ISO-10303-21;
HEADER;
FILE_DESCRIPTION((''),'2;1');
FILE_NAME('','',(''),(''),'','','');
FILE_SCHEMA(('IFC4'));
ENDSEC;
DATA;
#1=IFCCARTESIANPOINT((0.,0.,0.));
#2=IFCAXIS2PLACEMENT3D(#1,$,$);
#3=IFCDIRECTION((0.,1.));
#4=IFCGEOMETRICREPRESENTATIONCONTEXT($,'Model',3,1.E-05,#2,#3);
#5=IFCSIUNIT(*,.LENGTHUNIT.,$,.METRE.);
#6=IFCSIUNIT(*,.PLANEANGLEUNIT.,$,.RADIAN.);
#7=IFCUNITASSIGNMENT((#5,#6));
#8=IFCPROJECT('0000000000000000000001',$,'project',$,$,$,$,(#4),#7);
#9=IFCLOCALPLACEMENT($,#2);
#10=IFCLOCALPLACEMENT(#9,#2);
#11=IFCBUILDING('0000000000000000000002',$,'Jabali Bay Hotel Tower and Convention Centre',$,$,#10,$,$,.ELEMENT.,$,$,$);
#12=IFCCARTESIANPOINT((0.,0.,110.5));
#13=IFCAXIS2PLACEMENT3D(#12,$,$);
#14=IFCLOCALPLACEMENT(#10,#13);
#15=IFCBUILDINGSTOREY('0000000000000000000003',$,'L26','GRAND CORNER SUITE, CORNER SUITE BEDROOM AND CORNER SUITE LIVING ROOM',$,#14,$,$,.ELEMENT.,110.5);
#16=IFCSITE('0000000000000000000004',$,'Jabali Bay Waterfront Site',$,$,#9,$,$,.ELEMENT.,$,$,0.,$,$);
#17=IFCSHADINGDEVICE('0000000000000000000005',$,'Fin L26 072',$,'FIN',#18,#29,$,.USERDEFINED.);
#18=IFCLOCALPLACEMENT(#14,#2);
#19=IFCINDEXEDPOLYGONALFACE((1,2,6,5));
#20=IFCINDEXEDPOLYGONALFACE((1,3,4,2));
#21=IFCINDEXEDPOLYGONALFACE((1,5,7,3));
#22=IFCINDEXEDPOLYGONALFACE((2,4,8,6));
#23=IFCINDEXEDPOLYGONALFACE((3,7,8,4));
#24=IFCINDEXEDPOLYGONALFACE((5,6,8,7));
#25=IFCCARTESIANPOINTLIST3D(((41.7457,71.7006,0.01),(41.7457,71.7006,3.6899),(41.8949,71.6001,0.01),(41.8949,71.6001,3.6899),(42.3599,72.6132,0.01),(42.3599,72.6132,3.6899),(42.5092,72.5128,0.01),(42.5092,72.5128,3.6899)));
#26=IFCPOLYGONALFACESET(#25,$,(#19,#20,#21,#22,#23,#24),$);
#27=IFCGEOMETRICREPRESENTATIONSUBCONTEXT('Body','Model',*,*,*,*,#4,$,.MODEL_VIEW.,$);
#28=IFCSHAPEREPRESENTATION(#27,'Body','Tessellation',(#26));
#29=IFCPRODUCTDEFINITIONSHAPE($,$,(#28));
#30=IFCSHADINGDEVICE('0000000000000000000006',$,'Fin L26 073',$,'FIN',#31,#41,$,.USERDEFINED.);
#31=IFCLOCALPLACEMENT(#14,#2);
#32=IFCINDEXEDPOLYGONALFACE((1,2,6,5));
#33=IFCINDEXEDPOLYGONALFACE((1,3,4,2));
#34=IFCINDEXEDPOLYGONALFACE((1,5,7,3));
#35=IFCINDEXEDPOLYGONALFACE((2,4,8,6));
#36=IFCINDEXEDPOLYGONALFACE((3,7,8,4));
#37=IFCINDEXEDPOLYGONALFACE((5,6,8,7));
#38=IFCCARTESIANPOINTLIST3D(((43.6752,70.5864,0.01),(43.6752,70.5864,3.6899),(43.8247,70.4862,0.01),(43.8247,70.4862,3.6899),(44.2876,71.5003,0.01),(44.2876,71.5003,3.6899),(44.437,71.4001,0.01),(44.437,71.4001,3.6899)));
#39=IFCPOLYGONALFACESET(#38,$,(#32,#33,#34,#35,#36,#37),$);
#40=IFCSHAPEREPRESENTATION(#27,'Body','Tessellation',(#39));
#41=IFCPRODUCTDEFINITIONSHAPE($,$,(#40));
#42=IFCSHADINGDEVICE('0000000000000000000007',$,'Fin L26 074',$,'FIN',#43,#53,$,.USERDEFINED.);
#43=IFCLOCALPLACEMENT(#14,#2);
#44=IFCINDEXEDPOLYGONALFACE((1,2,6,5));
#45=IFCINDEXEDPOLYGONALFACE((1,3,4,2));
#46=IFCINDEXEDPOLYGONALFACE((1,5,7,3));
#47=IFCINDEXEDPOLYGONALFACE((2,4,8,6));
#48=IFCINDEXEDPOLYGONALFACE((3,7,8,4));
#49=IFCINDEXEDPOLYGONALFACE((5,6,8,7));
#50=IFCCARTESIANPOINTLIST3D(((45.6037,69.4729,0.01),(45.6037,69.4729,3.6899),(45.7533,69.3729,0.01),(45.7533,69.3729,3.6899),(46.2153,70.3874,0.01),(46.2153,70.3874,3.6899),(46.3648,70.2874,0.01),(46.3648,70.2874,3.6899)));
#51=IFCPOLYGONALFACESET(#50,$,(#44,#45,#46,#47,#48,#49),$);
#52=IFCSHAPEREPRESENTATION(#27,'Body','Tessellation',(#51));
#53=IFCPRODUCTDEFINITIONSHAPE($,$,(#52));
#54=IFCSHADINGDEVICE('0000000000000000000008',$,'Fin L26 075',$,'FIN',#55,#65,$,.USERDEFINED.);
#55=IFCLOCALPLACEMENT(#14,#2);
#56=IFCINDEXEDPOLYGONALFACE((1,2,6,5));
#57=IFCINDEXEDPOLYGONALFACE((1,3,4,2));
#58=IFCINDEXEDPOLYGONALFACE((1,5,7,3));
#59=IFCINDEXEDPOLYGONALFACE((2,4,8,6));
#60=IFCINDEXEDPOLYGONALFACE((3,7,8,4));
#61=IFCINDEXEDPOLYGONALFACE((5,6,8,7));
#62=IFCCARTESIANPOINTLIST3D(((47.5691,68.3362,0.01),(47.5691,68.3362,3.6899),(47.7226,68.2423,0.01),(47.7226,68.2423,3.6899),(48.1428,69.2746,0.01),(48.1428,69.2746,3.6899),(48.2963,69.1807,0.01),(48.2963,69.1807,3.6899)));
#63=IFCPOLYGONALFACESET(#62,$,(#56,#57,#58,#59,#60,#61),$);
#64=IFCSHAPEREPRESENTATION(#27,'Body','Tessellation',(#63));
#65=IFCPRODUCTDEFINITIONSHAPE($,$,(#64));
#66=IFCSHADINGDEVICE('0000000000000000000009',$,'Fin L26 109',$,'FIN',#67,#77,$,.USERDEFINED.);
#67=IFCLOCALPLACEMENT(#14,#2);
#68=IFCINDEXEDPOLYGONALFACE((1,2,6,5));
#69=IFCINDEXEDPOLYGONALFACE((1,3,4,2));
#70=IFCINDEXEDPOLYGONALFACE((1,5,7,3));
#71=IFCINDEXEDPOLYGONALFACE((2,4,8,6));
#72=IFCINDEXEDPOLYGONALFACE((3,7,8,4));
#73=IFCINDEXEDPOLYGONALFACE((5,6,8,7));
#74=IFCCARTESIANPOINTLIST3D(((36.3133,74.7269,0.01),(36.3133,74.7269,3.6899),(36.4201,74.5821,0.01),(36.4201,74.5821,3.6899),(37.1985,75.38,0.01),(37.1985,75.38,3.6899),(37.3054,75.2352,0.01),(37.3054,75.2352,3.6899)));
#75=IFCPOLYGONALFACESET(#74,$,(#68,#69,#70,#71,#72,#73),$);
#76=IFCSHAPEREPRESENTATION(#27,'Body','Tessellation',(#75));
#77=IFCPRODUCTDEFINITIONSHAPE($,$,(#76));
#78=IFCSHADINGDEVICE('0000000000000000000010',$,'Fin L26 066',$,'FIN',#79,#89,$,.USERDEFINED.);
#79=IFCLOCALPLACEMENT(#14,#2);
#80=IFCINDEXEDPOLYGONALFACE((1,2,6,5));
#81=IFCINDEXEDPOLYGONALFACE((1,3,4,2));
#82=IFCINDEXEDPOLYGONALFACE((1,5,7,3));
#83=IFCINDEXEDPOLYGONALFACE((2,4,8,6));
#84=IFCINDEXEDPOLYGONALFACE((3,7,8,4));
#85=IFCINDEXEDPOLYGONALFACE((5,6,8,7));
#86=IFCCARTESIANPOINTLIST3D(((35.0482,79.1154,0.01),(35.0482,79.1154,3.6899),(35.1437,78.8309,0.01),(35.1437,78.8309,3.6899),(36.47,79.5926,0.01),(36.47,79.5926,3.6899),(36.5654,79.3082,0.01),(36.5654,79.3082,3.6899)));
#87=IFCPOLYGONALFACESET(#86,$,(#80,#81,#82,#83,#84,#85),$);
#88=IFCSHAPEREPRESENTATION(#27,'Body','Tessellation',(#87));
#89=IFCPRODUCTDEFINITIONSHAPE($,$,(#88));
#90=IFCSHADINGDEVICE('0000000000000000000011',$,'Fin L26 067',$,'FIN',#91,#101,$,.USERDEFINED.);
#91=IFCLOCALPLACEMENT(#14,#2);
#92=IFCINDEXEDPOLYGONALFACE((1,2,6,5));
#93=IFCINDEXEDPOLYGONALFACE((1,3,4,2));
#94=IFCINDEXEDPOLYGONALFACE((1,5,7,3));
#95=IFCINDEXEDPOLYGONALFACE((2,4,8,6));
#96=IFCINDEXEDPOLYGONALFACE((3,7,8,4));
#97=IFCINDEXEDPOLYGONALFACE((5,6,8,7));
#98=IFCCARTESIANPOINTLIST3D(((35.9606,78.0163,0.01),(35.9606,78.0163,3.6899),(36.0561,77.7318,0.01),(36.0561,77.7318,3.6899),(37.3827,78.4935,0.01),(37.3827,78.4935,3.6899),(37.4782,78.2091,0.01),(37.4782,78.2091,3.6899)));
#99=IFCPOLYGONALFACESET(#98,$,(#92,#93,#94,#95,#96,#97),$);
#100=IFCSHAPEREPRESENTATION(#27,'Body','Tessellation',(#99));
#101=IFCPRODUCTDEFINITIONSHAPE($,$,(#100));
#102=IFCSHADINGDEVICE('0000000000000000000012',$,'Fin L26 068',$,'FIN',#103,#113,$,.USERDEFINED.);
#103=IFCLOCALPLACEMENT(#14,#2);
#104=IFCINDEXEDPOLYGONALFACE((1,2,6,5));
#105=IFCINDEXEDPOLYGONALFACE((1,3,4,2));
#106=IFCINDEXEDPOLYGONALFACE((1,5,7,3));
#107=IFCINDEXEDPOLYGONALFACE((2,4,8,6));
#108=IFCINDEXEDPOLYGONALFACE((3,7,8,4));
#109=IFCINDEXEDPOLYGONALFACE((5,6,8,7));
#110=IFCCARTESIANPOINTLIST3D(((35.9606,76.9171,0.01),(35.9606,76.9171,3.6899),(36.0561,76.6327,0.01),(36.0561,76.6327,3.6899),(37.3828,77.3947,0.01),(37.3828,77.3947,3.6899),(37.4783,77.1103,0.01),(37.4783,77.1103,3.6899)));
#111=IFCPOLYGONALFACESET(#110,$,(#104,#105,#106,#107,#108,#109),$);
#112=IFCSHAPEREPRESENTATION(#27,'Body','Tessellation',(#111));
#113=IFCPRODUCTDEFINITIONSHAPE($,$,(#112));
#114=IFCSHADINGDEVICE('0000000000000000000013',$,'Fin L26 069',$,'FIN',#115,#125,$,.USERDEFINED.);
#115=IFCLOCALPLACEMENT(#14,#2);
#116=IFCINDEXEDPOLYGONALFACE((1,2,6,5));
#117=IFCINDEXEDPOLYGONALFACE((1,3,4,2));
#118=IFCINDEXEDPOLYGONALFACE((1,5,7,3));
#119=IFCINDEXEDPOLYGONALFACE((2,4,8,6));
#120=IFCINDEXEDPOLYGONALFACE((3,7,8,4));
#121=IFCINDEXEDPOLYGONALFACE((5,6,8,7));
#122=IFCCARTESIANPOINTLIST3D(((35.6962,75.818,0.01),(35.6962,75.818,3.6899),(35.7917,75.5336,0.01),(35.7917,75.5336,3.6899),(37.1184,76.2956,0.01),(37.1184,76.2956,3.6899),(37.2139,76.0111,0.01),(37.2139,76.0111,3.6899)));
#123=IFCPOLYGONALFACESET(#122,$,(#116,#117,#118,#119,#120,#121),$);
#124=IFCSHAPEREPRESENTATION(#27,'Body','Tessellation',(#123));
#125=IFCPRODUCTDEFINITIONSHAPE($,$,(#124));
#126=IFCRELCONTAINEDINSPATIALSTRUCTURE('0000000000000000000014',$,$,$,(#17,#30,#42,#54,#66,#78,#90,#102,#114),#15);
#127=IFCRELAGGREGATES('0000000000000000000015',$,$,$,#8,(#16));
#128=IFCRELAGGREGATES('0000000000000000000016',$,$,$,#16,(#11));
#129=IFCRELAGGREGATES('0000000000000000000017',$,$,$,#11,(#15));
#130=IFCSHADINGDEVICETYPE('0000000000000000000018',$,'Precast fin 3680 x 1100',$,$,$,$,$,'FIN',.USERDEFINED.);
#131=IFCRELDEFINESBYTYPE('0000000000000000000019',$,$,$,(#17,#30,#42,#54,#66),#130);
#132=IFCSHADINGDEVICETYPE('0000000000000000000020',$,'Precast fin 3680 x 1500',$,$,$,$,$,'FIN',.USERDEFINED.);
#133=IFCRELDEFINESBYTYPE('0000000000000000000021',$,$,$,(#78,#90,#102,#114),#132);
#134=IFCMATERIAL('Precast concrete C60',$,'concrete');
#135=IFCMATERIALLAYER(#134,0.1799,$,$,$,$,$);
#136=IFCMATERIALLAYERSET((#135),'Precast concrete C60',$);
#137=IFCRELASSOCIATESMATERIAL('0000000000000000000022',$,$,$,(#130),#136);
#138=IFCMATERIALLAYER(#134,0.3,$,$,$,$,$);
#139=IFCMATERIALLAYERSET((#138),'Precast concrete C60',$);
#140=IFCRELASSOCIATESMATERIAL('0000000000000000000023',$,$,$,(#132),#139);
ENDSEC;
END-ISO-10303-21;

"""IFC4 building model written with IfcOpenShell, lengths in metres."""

from ifc_helpers import new_model, si_unit, direction, frame, frame_2d, origin, place, context, subcontext, project, spatial, rectangle, extrude, material, layer, layer_set, type_object, element, save


model = new_model("IFC4")

# Units and contexts
model_context = context("Model", 3, precision=1e-05, world=origin(), true_north=direction((0.0, 1.0)))
body_context = subcontext(model_context, "Body", "Model", "MODEL_VIEW")
ifc_project = project(units=[si_unit("LENGTHUNIT", "METRE"), si_unit("PLANEANGLEUNIT", "RADIAN")], contexts=[model_context])

# Site, building, storey
site_placement = place(None, origin())
site = spatial("IfcSite", under=ifc_project, at=site_placement, Name="Jabali Bay Waterfront Site", CompositionType="ELEMENT", RefElevation=0.0)
building_placement = place(site_placement, origin())
building = spatial("IfcBuilding", under=site, at=building_placement, Name="Jabali Bay Hotel Tower and Convention Centre", CompositionType="ELEMENT")
storey_placement = place(building_placement, frame((0.0, 0.0, 110.5)))
storey = spatial("IfcBuildingStorey", under=building, at=storey_placement, Name="L26", Description="GRAND CORNER SUITE, CORNER SUITE BEDROOM AND CORNER SUITE LIVING ROOM", CompositionType="ELEMENT", Elevation=110.5)

# Shading devices
ifc_material_1 = material(Name="Precast concrete C60", Category="concrete")
ifc_layer_1 = layer(ifc_material_1, 0.1799)
ifc_layer_set_1 = layer_set([ifc_layer_1], Name="Precast concrete C60")
shading_device_type_1 = type_object("IfcShadingDeviceType", Name="Precast fin 3680 x 1100", ElementType="FIN", PredefinedType="USERDEFINED", material=ifc_layer_set_1)
for number, where, z_axis, x_axis, name in (
    (1, (42.4346, 72.563, 0.01), (0.0, 0.0, 1.0), (-0.558382, -0.829584, 0.0), "Fin L26 072"),
    (2, (44.3623, 71.4502, 0.01), (0.0, 0.0, 1.0), (-0.556645, -0.83075, 0.0), "Fin L26 073"),
    (3, (46.29, 70.3374, 0.01), (0.0, 0.0, 1.0), (-0.555877, -0.831264, 0.0), "Fin L26 074"),
):
    element("IfcShadingDevice", number, at=place(storey_placement, frame(where, z_axis=z_axis, x_axis=x_axis)), inside=storey, type_object=shading_device_type_1, Name=name, ObjectType="FIN", PredefinedType="USERDEFINED", context=body_context, shape_type="SweptSolid", body=[
        extrude(rectangle(XDim=1.1001, YDim=0.1799, at=frame_2d((0.55, 0.0))), origin(), (0.0, 0.0, 1.0), 3.6799),
    ])
shading_device_1_placement = place(storey_placement, frame((48.2195, 69.2275, 0.01), z_axis=(0.0, 0.0, 1.0), x_axis=(-0.521594, -0.853194, 0.0)))
element("IfcShadingDevice", 4, at=shading_device_1_placement, inside=storey, type_object=shading_device_type_1, Name="Fin L26 075", ObjectType="FIN", PredefinedType="USERDEFINED", context=body_context, shape_type="SweptSolid", body=[
    extrude(rectangle(XDim=1.0999, YDim=0.1799, at=frame_2d((0.5498, 0.0))), origin(), (0.0, 0.0, 1.0), 3.6799),
])
shading_device_2_placement = place(storey_placement, frame((37.252, 75.3076, 0.01), z_axis=(0.0, 0.0, 1.0), x_axis=(-0.804715, -0.593661, 0.0)))
element("IfcShadingDevice", 5, at=shading_device_2_placement, inside=storey, type_object=shading_device_type_1, Name="Fin L26 109", ObjectType="FIN", PredefinedType="USERDEFINED", context=body_context, shape_type="SweptSolid", body=[
    extrude(rectangle(XDim=1.1001, YDim=0.1799, at=frame_2d((0.55, 0.0))), origin(), (0.0, 0.0, 1.0), 3.6799),
])
ifc_layer_2 = layer(ifc_material_1, 0.3)
ifc_layer_set_2 = layer_set([ifc_layer_2], Name="Precast concrete C60")
shading_device_type_2 = type_object("IfcShadingDeviceType", Name="Precast fin 3680 x 1500", ElementType="FIN", PredefinedType="USERDEFINED", material=ifc_layer_set_2)
shading_device_3_placement = place(storey_placement, frame((36.5178, 79.4504, 0.01), z_axis=(0.0, 0.0, 1.0), x_axis=(-0.948014, -0.318229, 0.0)))
element("IfcShadingDevice", 6, at=shading_device_3_placement, inside=storey, type_object=shading_device_type_2, Name="Fin L26 066", ObjectType="FIN", PredefinedType="USERDEFINED", context=body_context, shape_type="SweptSolid", body=[
    extrude(rectangle(XDim=1.4998, YDim=0.3, at=frame_2d((0.75, 0.0))), origin(), (0.0, 0.0, 1.0), 3.6799),
])
shading_device_4_placement = place(storey_placement, frame((37.4304, 78.3513, 0.01), z_axis=(0.0, 0.0, 1.0), x_axis=(-0.94803, -0.31818, 0.0)))
element("IfcShadingDevice", 7, at=shading_device_4_placement, inside=storey, type_object=shading_device_type_2, Name="Fin L26 067", ObjectType="FIN", PredefinedType="USERDEFINED", context=body_context, shape_type="SweptSolid", body=[
    extrude(rectangle(XDim=1.5, YDim=0.3, at=frame_2d((0.75, 0.0))), origin(), (0.0, 0.0, 1.0), 3.6799),
])
for number, where, z_axis, x_axis, name in (
    (8, (37.4304, 77.2524, 0.01), (0.0, 0.0, 1.0), (-0.947981, -0.318326, 0.0), "Fin L26 068"),
    (9, (37.166, 76.1533, 0.01), (0.0, 0.0, 1.0), (-0.947981, -0.318326, 0.0), "Fin L26 069"),
):
    element("IfcShadingDevice", number, at=place(storey_placement, frame(where, z_axis=z_axis, x_axis=x_axis)), inside=storey, type_object=shading_device_type_2, Name=name, ObjectType="FIN", PredefinedType="USERDEFINED", context=body_context, shape_type="SweptSolid", body=[
        extrude(rectangle(XDim=1.5002, YDim=0.3, at=frame_2d((0.75, 0.0))), origin(), (0.0, 0.0, 1.0), 3.6799),
    ])

save(model, "model.ifc")
